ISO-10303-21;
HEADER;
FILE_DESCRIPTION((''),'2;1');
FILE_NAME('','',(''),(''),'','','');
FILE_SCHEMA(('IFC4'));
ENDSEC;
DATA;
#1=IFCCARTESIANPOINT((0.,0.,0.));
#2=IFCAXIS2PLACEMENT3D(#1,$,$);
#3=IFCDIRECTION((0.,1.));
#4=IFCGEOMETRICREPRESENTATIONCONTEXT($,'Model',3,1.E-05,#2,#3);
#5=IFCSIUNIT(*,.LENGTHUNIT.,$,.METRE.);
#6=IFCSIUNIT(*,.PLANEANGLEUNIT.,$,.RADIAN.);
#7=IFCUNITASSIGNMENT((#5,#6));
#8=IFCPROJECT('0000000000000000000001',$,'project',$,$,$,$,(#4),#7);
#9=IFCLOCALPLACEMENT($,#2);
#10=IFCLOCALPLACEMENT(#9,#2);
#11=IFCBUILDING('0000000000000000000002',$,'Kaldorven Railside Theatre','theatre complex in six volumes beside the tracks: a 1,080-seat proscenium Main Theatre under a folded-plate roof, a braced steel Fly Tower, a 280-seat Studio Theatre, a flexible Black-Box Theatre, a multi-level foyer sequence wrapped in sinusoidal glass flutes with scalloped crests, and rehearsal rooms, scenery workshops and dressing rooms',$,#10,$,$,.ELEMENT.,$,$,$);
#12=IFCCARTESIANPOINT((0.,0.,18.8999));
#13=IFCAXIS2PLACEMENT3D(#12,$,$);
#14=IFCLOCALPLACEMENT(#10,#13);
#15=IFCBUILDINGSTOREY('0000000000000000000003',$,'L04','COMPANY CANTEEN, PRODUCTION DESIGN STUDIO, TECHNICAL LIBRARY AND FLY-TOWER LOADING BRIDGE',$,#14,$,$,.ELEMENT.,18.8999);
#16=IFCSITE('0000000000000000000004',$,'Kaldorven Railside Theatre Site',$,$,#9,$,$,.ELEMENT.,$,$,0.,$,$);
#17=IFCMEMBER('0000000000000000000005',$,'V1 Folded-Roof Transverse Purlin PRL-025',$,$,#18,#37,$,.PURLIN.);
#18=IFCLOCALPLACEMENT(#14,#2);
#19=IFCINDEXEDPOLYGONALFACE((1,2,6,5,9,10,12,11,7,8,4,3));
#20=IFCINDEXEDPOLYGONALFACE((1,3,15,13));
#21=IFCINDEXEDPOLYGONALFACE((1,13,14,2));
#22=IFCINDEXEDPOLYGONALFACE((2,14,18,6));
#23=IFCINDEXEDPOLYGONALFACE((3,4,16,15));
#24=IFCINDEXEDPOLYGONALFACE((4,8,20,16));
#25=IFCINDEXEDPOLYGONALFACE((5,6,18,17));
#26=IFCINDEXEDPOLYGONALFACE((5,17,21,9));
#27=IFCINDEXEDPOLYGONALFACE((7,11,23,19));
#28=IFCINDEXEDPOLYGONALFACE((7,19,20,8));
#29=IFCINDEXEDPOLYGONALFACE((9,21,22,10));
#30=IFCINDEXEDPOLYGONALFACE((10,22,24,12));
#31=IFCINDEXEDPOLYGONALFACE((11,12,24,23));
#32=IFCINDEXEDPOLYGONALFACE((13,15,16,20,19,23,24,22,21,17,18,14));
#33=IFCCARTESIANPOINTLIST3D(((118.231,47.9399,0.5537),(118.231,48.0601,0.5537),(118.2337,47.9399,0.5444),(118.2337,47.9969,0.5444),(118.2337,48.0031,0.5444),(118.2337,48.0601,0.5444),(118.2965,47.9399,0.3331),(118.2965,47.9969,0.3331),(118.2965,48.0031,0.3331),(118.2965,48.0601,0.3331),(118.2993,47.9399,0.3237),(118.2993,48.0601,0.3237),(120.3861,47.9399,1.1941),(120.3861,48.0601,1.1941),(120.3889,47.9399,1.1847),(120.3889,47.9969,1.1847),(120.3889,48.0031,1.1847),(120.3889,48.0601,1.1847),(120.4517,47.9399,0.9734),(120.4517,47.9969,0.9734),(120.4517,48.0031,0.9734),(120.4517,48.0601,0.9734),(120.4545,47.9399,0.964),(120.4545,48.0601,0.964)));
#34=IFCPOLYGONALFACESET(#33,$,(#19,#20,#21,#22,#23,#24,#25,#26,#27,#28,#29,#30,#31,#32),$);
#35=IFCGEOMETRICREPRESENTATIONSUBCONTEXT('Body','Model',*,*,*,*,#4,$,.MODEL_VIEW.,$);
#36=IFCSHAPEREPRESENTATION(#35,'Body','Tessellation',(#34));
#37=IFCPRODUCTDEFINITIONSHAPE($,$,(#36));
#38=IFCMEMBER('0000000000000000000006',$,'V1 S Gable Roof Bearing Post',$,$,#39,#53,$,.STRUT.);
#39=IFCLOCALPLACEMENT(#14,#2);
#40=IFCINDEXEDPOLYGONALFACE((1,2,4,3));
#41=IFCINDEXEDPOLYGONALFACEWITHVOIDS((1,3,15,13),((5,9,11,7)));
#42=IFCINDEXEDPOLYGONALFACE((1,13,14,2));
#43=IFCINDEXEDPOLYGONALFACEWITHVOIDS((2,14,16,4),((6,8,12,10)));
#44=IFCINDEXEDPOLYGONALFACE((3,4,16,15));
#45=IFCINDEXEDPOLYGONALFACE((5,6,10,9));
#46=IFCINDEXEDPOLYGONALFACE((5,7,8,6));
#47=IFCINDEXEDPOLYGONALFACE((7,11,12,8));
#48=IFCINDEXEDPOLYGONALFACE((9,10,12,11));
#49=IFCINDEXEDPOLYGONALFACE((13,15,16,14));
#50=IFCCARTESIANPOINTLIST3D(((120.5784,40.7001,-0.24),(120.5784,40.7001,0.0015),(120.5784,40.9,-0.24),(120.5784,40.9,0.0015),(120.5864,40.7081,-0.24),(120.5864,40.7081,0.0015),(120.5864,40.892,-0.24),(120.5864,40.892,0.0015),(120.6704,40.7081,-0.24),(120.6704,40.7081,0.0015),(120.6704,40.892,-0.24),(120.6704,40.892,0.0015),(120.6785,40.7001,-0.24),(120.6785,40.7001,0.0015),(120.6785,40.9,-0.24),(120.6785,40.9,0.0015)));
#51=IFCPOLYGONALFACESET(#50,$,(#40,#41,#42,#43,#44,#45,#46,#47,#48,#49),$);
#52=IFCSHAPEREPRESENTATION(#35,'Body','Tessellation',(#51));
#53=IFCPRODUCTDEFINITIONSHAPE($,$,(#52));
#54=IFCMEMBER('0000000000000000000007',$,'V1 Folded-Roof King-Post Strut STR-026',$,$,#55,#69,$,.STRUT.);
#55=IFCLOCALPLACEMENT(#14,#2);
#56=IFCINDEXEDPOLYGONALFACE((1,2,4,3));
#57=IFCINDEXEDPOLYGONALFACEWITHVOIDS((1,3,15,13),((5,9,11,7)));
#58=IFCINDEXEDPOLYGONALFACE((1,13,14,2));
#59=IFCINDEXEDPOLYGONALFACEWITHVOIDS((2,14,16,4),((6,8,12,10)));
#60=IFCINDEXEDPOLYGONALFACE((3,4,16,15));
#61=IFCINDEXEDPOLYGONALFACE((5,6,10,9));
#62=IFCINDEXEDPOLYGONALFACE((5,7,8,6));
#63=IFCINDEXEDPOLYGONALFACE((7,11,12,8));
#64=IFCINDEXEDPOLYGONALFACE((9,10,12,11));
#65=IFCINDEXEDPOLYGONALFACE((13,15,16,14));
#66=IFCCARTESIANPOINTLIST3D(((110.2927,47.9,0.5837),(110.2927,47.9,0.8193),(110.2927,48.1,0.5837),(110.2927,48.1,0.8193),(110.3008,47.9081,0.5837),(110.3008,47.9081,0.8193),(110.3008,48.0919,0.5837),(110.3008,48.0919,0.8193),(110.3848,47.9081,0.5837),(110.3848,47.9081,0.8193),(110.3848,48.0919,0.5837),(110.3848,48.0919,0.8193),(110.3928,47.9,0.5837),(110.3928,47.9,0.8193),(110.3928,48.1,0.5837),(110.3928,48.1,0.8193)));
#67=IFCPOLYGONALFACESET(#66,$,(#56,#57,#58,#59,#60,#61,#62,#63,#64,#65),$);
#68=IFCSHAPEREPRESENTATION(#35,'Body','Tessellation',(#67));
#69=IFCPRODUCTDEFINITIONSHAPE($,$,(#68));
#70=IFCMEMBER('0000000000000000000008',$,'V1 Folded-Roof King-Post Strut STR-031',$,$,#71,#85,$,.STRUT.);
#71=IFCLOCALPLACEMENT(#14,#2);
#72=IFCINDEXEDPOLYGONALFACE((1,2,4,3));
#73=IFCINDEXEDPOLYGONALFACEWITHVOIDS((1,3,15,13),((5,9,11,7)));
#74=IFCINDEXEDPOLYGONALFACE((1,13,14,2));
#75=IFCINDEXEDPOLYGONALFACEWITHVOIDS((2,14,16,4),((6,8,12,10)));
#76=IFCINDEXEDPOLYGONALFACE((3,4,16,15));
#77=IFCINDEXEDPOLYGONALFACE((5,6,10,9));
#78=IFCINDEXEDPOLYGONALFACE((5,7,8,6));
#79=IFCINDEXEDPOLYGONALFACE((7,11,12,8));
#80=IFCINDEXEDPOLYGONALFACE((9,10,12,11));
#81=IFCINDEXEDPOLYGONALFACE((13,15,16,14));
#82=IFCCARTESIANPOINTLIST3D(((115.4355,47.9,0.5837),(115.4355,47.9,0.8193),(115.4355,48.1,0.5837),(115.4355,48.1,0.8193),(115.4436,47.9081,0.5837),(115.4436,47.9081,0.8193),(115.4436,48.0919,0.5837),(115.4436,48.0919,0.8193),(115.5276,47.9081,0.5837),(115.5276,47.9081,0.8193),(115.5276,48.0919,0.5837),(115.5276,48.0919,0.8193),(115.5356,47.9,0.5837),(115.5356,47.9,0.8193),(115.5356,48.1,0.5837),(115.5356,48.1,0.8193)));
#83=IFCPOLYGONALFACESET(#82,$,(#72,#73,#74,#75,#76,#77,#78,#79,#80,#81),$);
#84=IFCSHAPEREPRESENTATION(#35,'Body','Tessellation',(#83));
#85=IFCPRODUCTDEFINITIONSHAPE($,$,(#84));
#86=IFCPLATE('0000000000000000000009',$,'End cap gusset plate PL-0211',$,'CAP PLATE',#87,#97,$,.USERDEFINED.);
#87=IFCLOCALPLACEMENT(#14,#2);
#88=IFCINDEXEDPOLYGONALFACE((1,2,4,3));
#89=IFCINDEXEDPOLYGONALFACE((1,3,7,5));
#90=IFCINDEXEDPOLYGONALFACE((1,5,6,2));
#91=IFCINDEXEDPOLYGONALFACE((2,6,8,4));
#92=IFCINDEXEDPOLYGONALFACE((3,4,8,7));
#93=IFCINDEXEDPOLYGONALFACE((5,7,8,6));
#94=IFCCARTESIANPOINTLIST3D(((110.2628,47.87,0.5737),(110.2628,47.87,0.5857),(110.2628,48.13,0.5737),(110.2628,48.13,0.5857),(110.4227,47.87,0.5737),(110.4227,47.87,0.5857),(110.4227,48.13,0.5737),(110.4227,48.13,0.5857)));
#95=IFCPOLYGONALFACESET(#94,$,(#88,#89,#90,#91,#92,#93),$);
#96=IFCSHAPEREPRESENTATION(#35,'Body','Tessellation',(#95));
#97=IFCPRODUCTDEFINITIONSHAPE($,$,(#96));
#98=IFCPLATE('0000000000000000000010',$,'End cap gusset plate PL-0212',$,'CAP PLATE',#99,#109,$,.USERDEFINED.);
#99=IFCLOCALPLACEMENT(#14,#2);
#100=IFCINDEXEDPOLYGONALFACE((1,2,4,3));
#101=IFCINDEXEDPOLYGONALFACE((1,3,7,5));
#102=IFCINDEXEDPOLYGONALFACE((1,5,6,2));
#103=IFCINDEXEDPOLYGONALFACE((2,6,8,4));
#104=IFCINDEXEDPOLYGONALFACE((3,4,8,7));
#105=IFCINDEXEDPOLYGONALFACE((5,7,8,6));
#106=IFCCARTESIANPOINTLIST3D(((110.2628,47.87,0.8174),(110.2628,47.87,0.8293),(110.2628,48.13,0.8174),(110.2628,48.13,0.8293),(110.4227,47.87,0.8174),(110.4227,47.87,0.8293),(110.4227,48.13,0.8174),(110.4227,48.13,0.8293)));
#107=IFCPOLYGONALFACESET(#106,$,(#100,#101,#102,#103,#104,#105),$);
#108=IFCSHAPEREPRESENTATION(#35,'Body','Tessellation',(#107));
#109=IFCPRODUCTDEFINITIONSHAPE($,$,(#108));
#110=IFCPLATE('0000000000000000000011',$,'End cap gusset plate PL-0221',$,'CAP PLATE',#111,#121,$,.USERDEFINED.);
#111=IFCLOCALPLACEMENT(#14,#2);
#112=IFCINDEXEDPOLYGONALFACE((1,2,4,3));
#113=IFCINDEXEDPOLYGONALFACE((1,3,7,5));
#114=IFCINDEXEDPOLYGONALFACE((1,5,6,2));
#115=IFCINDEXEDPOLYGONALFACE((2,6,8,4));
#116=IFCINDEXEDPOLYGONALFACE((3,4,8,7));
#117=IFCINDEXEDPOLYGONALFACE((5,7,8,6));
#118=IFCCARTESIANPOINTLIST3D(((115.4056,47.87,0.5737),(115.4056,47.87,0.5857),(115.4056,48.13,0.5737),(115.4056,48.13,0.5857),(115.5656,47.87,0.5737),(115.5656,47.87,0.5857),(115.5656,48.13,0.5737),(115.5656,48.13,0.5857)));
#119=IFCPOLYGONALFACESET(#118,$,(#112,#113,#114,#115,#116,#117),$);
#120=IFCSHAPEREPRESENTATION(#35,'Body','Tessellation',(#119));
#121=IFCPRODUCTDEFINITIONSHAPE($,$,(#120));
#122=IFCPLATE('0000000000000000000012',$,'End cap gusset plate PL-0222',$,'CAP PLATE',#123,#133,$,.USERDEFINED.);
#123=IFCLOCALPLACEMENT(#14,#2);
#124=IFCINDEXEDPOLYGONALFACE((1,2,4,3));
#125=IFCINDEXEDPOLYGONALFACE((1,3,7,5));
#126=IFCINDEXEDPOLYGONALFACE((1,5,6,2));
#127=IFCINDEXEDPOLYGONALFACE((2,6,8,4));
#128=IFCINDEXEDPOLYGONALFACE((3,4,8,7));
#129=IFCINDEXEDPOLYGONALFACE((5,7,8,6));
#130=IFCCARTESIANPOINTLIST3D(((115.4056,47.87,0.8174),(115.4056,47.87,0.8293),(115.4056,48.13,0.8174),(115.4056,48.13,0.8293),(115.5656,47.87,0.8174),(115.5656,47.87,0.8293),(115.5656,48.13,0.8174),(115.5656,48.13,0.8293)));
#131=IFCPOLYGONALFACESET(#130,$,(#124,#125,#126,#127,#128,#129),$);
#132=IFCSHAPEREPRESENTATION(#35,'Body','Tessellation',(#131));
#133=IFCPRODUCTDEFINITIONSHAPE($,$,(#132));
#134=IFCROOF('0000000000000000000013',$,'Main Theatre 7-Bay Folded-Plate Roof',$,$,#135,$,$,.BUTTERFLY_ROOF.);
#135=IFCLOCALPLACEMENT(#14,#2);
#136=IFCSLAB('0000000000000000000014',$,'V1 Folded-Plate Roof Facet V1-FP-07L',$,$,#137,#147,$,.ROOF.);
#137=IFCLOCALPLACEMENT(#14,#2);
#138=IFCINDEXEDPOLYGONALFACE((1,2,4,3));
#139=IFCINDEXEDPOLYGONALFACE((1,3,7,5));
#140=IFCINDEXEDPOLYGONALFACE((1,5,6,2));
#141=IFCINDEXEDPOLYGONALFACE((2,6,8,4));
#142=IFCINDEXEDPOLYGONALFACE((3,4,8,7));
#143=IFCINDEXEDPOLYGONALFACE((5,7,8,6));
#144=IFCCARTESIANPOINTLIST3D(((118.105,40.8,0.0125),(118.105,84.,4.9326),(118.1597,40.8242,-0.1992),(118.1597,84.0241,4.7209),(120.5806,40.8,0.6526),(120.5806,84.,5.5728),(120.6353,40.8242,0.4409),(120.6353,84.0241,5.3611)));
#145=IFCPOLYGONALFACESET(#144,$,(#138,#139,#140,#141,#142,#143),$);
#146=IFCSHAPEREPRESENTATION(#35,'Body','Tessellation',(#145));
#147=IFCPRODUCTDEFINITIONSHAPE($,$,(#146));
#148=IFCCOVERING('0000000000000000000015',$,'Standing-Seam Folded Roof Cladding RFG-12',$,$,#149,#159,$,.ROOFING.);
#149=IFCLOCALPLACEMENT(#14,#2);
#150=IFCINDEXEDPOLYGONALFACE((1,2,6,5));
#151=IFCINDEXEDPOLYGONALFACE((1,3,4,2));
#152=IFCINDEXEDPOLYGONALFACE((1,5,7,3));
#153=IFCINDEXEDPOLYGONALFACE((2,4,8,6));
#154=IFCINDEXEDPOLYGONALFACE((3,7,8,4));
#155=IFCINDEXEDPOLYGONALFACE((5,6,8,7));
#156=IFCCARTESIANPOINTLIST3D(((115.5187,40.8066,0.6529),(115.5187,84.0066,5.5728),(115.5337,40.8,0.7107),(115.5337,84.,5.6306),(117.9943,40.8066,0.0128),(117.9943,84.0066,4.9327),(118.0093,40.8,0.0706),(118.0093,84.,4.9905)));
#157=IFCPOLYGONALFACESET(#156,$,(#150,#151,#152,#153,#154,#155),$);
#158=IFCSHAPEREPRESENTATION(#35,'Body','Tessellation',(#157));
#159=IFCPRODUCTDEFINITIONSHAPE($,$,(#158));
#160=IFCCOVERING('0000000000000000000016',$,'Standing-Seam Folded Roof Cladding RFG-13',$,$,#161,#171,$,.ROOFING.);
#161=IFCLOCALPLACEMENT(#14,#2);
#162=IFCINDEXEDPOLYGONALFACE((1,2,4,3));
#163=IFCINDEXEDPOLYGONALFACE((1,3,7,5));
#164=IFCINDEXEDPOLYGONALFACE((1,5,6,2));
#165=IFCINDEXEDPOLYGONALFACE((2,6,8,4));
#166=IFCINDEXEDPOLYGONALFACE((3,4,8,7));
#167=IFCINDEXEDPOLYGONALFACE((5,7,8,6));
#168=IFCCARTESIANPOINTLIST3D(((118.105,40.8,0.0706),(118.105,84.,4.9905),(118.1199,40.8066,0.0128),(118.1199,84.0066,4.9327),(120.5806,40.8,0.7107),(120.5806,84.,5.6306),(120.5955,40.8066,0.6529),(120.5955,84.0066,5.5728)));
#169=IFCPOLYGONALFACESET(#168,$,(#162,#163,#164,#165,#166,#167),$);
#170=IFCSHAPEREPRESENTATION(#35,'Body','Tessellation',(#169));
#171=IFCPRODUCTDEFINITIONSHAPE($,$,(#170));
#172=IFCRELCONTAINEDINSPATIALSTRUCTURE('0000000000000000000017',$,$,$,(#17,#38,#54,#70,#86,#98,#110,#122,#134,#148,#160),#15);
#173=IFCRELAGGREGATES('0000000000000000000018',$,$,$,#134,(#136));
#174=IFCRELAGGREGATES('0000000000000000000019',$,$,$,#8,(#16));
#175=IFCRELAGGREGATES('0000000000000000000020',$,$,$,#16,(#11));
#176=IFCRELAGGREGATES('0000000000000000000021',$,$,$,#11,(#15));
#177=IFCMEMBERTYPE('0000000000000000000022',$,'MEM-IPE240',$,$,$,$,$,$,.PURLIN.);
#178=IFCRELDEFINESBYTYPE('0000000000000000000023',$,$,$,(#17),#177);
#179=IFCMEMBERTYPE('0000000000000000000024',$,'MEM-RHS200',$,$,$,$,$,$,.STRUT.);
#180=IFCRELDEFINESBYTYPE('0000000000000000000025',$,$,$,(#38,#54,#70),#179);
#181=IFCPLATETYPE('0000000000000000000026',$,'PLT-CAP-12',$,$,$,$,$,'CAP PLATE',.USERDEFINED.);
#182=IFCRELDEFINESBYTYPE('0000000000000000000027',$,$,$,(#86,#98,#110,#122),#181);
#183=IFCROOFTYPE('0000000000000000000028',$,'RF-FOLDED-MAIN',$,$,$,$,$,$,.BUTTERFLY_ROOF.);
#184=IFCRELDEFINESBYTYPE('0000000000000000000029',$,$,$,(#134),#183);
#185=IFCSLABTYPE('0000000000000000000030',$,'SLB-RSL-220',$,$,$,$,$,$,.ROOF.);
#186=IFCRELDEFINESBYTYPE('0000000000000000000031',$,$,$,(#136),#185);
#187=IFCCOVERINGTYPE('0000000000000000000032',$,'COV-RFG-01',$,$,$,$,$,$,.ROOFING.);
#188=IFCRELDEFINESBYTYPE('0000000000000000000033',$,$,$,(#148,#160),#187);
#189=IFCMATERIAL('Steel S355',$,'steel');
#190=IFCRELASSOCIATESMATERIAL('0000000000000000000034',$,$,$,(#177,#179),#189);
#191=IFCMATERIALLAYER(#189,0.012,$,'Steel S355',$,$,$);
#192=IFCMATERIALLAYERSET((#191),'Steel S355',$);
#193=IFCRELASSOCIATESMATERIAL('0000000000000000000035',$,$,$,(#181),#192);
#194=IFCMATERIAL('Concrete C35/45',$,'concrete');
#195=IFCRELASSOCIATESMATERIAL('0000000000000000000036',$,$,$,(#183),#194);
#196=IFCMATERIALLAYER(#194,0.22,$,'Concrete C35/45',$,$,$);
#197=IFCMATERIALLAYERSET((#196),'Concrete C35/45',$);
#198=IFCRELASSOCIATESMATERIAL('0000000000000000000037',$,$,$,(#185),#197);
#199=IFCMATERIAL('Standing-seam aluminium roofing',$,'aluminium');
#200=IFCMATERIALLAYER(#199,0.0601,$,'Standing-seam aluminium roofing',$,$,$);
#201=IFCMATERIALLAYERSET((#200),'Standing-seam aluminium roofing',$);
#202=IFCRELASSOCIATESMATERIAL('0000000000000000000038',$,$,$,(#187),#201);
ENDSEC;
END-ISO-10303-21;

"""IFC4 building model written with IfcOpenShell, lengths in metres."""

from ifc_helpers import new_model, si_unit, direction, frame, origin, origin_2d, place, context, subcontext, project, spatial, polyline, rectangle, hollow_rectangle, i_section, outline, extrude, material, layer, layer_set, material_profile, profile_set, type_object, element, aggregate, save


model = new_model("IFC4")

# Units and contexts
model_context = context("Model", 3, precision=1e-05, world=origin(), true_north=direction((0.0, 1.0)))
body_context = subcontext(model_context, "Body", "Model", "MODEL_VIEW")
ifc_project = project(units=[si_unit("LENGTHUNIT", "METRE"), si_unit("PLANEANGLEUNIT", "RADIAN")], contexts=[model_context])

# Site, building, storey
site_placement = place(None, origin())
site = spatial("IfcSite", under=ifc_project, at=site_placement, Name="Kaldorven Railside Theatre Site", CompositionType="ELEMENT", RefElevation=0.0)
building_placement = place(site_placement, origin())
building = spatial("IfcBuilding", under=site, at=building_placement, Name="Kaldorven Railside Theatre", Description="theatre complex in six volumes beside the tracks: a 1,080-seat proscenium Main Theatre under a folded-plate roof, a braced steel Fly Tower, a 280-seat Studio Theatre, a flexible Black-Box Theatre, a multi-level foyer sequence wrapped in sinusoidal glass flutes with scalloped crests, and rehearsal rooms, scenery workshops and dressing rooms", CompositionType="ELEMENT")
storey_placement = place(building_placement, frame((0.0, 0.0, 18.8999)))
storey = spatial("IfcBuildingStorey", under=building, at=storey_placement, Name="L04", Description="COMPANY CANTEEN, PRODUCTION DESIGN STUDIO, TECHNICAL LIBRARY AND FLY-TOWER LOADING BRIDGE", CompositionType="ELEMENT", Elevation=18.8999)

# Shared definitions
ifc_material_1 = material(Name="Steel S355", Category="steel")

# Members
ifc_material_profile_1 = material_profile(ifc_material_1, i_section(OverallWidth=0.1201, OverallDepth=0.24, WebThickness=0.0061, FlangeThickness=0.0098, at=origin_2d()), Name="IPE 240")
ifc_profile_set_1 = profile_set([ifc_material_profile_1], Name="Steel S355")
member_type_1 = type_object("IfcMemberType", Name="MEM-IPE240", PredefinedType="PURLIN", material=ifc_profile_set_1)
member_1_placement = place(storey_placement, frame((118.2651, 48.0, 0.4387), z_axis=(0.958582, 0.0, 0.284817), x_axis=(0.0, 1.0, 0.0)))
element("IfcMember", 1, at=member_1_placement, inside=storey, type_object=member_type_1, Name="V1 Folded-Roof Transverse Purlin PRL-025", PredefinedType="PURLIN", context=body_context, shape_type="SweptSolid", body=[
    extrude(i_section(OverallWidth=0.1201, OverallDepth=0.24, WebThickness=0.0061, FlangeThickness=0.0098, at=origin_2d()), origin(), (0.0, 0.0, 1.0), 2.2483),
])
ifc_material_profile_2 = material_profile(ifc_material_1, hollow_rectangle(XDim=0.1001, YDim=0.2, WallThickness=0.0081, at=origin_2d()), Name="RHS 200x100x8")
ifc_profile_set_2 = profile_set([ifc_material_profile_2], Name="Steel S355")
member_type_2 = type_object("IfcMemberType", Name="MEM-RHS200", PredefinedType="STRUT", material=ifc_profile_set_2)
member_2_placement = place(storey_placement, frame((120.6284, 40.8, -0.24), z_axis=(0.0, 0.0, 1.0), x_axis=(1.0, 0.0, 0.0)))
element("IfcMember", 2, at=member_2_placement, inside=storey, type_object=member_type_2, Name="V1 S Gable Roof Bearing Post", PredefinedType="STRUT", context=body_context, shape_type="SweptSolid", body=[
    extrude(hollow_rectangle(XDim=0.1001, YDim=0.2, WallThickness=0.0081, at=origin_2d()), origin(), (0.0, 0.0, 1.0), 0.2415),
])
for number, where, z_axis, x_axis, name in (
    (3, (110.3428, 48.0, 0.5837), (0.0, 0.0, 1.0), (1.0, 0.0, 0.0), "V1 Folded-Roof King-Post Strut STR-026"),
    (4, (115.4856, 48.0, 0.5837), (0.0, 0.0, 1.0), (1.0, 0.0, 0.0), "V1 Folded-Roof King-Post Strut STR-031"),
):
    element("IfcMember", number, at=place(storey_placement, frame(where, z_axis=z_axis, x_axis=x_axis)), inside=storey, type_object=member_type_2, Name=name, PredefinedType="STRUT", context=body_context, shape_type="SweptSolid", body=[
        extrude(hollow_rectangle(XDim=0.1001, YDim=0.2, WallThickness=0.0081, at=origin_2d()), origin(), (0.0, 0.0, 1.0), 0.2356),
    ])

# Plates
ifc_layer_1 = layer(ifc_material_1, 0.012, Name="Steel S355")
ifc_layer_set_1 = layer_set([ifc_layer_1], Name="Steel S355")
plate_type = type_object("IfcPlateType", Name="PLT-CAP-12", ElementType="CAP PLATE", PredefinedType="USERDEFINED", material=ifc_layer_set_1)
for number, where, z_axis, x_axis, name in (
    (5, (110.3428, 48.0, 0.5737), (0.0, 0.0, 1.0), (1.0, 0.0, 0.0), "End cap gusset plate PL-0211"),
    (6, (110.3428, 48.0, 0.8174), (0.0, 0.0, 1.0), (1.0, 0.0, 0.0), "End cap gusset plate PL-0212"),
    (7, (115.4856, 48.0, 0.5737), (0.0, 0.0, 1.0), (1.0, 0.0, 0.0), "End cap gusset plate PL-0221"),
    (8, (115.4856, 48.0, 0.8174), (0.0, 0.0, 1.0), (1.0, 0.0, 0.0), "End cap gusset plate PL-0222"),
):
    element("IfcPlate", number, at=place(storey_placement, frame(where, z_axis=z_axis, x_axis=x_axis)), inside=storey, type_object=plate_type, Name=name, ObjectType="CAP PLATE", PredefinedType="USERDEFINED", context=body_context, shape_type="SweptSolid", body=[
        extrude(rectangle(XDim=0.1599, YDim=0.26, at=origin_2d()), origin(), (0.0, 0.0, 1.0), 0.012),
    ])

# Roof, slab
ifc_material_2 = material(Name="Concrete C35/45", Category="concrete")
roof_type = type_object("IfcRoofType", Name="RF-FOLDED-MAIN", PredefinedType="BUTTERFLY_ROOF", material=ifc_material_2)
roof_placement = place(storey_placement, origin())
roof = element("IfcRoof", 9, at=roof_placement, inside=storey, type_object=roof_type, Name="Main Theatre 7-Bay Folded-Plate Roof", PredefinedType="BUTTERFLY_ROOF")
ifc_layer_2 = layer(ifc_material_2, 0.22, Name="Concrete C35/45")
ifc_layer_set_2 = layer_set([ifc_layer_2], Name="Concrete C35/45")
slab_type = type_object("IfcSlabType", Name="SLB-RSL-220", PredefinedType="ROOF", material=ifc_layer_set_2)
slab_placement = place(storey_placement, frame((118.105, 40.8, 0.0125), z_axis=(-0.248838, -0.109602, 0.962324), x_axis=(0.968156, 0.0, 0.250346)))
slab = element("IfcSlab", 10, at=slab_placement, type_object=slab_type, Name="V1 Folded-Plate Roof Facet V1-FP-07L", PredefinedType="ROOF", context=body_context, shape_type="SweptSolid", body=[
    extrude(outline(polyline([(0.0, 0.0), (2.557, 0.0), (3.7888, 43.4618), (1.2317, 43.4618), (0.0, 0.0)])), origin(), (0.0, 0.0, -1.0), 0.22),
])
aggregate(roof, [slab])

# Coverings
ifc_material_3 = material(Name="Standing-seam aluminium roofing", Category="aluminium")
ifc_layer_3 = layer(ifc_material_3, 0.0601, Name="Standing-seam aluminium roofing")
ifc_layer_set_3 = layer_set([ifc_layer_3], Name="Standing-seam aluminium roofing")
covering_type = type_object("IfcCoveringType", Name="COV-RFG-01", PredefinedType="ROOFING", material=ifc_layer_set_3)
covering_1_placement = place(storey_placement, frame((115.5337, 40.8, 0.7107), z_axis=(0.248838, -0.109596, 0.962324), x_axis=(0.968156, 0.0, -0.250346)))
element("IfcCovering", 11, at=covering_1_placement, inside=storey, type_object=covering_type, Name="Standing-Seam Folded Roof Cladding RFG-12", PredefinedType="ROOFING", context=body_context, shape_type="SweptSolid", body=[
    extrude(outline(polyline([(0.0, 0.0), (2.557, 0.0), (1.3253, 43.4618), (-1.2317, 43.4618), (0.0, 0.0)])), origin(), (0.0, 0.0, -1.0), 0.0601),
])
covering_2_placement = place(storey_placement, frame((118.105, 40.8, 0.0706), z_axis=(-0.248838, -0.109596, 0.962324), x_axis=(0.968156, 0.0, 0.250346)))
element("IfcCovering", 12, at=covering_2_placement, inside=storey, type_object=covering_type, Name="Standing-Seam Folded Roof Cladding RFG-13", PredefinedType="ROOFING", context=body_context, shape_type="SweptSolid", body=[
    extrude(outline(polyline([(0.0, 0.0), (2.557, 0.0), (3.7887, 43.4618), (1.2317, 43.4618), (0.0, 0.0)])), origin(), (0.0, 0.0, -1.0), 0.0601),
])

save(model, "model.ifc")
